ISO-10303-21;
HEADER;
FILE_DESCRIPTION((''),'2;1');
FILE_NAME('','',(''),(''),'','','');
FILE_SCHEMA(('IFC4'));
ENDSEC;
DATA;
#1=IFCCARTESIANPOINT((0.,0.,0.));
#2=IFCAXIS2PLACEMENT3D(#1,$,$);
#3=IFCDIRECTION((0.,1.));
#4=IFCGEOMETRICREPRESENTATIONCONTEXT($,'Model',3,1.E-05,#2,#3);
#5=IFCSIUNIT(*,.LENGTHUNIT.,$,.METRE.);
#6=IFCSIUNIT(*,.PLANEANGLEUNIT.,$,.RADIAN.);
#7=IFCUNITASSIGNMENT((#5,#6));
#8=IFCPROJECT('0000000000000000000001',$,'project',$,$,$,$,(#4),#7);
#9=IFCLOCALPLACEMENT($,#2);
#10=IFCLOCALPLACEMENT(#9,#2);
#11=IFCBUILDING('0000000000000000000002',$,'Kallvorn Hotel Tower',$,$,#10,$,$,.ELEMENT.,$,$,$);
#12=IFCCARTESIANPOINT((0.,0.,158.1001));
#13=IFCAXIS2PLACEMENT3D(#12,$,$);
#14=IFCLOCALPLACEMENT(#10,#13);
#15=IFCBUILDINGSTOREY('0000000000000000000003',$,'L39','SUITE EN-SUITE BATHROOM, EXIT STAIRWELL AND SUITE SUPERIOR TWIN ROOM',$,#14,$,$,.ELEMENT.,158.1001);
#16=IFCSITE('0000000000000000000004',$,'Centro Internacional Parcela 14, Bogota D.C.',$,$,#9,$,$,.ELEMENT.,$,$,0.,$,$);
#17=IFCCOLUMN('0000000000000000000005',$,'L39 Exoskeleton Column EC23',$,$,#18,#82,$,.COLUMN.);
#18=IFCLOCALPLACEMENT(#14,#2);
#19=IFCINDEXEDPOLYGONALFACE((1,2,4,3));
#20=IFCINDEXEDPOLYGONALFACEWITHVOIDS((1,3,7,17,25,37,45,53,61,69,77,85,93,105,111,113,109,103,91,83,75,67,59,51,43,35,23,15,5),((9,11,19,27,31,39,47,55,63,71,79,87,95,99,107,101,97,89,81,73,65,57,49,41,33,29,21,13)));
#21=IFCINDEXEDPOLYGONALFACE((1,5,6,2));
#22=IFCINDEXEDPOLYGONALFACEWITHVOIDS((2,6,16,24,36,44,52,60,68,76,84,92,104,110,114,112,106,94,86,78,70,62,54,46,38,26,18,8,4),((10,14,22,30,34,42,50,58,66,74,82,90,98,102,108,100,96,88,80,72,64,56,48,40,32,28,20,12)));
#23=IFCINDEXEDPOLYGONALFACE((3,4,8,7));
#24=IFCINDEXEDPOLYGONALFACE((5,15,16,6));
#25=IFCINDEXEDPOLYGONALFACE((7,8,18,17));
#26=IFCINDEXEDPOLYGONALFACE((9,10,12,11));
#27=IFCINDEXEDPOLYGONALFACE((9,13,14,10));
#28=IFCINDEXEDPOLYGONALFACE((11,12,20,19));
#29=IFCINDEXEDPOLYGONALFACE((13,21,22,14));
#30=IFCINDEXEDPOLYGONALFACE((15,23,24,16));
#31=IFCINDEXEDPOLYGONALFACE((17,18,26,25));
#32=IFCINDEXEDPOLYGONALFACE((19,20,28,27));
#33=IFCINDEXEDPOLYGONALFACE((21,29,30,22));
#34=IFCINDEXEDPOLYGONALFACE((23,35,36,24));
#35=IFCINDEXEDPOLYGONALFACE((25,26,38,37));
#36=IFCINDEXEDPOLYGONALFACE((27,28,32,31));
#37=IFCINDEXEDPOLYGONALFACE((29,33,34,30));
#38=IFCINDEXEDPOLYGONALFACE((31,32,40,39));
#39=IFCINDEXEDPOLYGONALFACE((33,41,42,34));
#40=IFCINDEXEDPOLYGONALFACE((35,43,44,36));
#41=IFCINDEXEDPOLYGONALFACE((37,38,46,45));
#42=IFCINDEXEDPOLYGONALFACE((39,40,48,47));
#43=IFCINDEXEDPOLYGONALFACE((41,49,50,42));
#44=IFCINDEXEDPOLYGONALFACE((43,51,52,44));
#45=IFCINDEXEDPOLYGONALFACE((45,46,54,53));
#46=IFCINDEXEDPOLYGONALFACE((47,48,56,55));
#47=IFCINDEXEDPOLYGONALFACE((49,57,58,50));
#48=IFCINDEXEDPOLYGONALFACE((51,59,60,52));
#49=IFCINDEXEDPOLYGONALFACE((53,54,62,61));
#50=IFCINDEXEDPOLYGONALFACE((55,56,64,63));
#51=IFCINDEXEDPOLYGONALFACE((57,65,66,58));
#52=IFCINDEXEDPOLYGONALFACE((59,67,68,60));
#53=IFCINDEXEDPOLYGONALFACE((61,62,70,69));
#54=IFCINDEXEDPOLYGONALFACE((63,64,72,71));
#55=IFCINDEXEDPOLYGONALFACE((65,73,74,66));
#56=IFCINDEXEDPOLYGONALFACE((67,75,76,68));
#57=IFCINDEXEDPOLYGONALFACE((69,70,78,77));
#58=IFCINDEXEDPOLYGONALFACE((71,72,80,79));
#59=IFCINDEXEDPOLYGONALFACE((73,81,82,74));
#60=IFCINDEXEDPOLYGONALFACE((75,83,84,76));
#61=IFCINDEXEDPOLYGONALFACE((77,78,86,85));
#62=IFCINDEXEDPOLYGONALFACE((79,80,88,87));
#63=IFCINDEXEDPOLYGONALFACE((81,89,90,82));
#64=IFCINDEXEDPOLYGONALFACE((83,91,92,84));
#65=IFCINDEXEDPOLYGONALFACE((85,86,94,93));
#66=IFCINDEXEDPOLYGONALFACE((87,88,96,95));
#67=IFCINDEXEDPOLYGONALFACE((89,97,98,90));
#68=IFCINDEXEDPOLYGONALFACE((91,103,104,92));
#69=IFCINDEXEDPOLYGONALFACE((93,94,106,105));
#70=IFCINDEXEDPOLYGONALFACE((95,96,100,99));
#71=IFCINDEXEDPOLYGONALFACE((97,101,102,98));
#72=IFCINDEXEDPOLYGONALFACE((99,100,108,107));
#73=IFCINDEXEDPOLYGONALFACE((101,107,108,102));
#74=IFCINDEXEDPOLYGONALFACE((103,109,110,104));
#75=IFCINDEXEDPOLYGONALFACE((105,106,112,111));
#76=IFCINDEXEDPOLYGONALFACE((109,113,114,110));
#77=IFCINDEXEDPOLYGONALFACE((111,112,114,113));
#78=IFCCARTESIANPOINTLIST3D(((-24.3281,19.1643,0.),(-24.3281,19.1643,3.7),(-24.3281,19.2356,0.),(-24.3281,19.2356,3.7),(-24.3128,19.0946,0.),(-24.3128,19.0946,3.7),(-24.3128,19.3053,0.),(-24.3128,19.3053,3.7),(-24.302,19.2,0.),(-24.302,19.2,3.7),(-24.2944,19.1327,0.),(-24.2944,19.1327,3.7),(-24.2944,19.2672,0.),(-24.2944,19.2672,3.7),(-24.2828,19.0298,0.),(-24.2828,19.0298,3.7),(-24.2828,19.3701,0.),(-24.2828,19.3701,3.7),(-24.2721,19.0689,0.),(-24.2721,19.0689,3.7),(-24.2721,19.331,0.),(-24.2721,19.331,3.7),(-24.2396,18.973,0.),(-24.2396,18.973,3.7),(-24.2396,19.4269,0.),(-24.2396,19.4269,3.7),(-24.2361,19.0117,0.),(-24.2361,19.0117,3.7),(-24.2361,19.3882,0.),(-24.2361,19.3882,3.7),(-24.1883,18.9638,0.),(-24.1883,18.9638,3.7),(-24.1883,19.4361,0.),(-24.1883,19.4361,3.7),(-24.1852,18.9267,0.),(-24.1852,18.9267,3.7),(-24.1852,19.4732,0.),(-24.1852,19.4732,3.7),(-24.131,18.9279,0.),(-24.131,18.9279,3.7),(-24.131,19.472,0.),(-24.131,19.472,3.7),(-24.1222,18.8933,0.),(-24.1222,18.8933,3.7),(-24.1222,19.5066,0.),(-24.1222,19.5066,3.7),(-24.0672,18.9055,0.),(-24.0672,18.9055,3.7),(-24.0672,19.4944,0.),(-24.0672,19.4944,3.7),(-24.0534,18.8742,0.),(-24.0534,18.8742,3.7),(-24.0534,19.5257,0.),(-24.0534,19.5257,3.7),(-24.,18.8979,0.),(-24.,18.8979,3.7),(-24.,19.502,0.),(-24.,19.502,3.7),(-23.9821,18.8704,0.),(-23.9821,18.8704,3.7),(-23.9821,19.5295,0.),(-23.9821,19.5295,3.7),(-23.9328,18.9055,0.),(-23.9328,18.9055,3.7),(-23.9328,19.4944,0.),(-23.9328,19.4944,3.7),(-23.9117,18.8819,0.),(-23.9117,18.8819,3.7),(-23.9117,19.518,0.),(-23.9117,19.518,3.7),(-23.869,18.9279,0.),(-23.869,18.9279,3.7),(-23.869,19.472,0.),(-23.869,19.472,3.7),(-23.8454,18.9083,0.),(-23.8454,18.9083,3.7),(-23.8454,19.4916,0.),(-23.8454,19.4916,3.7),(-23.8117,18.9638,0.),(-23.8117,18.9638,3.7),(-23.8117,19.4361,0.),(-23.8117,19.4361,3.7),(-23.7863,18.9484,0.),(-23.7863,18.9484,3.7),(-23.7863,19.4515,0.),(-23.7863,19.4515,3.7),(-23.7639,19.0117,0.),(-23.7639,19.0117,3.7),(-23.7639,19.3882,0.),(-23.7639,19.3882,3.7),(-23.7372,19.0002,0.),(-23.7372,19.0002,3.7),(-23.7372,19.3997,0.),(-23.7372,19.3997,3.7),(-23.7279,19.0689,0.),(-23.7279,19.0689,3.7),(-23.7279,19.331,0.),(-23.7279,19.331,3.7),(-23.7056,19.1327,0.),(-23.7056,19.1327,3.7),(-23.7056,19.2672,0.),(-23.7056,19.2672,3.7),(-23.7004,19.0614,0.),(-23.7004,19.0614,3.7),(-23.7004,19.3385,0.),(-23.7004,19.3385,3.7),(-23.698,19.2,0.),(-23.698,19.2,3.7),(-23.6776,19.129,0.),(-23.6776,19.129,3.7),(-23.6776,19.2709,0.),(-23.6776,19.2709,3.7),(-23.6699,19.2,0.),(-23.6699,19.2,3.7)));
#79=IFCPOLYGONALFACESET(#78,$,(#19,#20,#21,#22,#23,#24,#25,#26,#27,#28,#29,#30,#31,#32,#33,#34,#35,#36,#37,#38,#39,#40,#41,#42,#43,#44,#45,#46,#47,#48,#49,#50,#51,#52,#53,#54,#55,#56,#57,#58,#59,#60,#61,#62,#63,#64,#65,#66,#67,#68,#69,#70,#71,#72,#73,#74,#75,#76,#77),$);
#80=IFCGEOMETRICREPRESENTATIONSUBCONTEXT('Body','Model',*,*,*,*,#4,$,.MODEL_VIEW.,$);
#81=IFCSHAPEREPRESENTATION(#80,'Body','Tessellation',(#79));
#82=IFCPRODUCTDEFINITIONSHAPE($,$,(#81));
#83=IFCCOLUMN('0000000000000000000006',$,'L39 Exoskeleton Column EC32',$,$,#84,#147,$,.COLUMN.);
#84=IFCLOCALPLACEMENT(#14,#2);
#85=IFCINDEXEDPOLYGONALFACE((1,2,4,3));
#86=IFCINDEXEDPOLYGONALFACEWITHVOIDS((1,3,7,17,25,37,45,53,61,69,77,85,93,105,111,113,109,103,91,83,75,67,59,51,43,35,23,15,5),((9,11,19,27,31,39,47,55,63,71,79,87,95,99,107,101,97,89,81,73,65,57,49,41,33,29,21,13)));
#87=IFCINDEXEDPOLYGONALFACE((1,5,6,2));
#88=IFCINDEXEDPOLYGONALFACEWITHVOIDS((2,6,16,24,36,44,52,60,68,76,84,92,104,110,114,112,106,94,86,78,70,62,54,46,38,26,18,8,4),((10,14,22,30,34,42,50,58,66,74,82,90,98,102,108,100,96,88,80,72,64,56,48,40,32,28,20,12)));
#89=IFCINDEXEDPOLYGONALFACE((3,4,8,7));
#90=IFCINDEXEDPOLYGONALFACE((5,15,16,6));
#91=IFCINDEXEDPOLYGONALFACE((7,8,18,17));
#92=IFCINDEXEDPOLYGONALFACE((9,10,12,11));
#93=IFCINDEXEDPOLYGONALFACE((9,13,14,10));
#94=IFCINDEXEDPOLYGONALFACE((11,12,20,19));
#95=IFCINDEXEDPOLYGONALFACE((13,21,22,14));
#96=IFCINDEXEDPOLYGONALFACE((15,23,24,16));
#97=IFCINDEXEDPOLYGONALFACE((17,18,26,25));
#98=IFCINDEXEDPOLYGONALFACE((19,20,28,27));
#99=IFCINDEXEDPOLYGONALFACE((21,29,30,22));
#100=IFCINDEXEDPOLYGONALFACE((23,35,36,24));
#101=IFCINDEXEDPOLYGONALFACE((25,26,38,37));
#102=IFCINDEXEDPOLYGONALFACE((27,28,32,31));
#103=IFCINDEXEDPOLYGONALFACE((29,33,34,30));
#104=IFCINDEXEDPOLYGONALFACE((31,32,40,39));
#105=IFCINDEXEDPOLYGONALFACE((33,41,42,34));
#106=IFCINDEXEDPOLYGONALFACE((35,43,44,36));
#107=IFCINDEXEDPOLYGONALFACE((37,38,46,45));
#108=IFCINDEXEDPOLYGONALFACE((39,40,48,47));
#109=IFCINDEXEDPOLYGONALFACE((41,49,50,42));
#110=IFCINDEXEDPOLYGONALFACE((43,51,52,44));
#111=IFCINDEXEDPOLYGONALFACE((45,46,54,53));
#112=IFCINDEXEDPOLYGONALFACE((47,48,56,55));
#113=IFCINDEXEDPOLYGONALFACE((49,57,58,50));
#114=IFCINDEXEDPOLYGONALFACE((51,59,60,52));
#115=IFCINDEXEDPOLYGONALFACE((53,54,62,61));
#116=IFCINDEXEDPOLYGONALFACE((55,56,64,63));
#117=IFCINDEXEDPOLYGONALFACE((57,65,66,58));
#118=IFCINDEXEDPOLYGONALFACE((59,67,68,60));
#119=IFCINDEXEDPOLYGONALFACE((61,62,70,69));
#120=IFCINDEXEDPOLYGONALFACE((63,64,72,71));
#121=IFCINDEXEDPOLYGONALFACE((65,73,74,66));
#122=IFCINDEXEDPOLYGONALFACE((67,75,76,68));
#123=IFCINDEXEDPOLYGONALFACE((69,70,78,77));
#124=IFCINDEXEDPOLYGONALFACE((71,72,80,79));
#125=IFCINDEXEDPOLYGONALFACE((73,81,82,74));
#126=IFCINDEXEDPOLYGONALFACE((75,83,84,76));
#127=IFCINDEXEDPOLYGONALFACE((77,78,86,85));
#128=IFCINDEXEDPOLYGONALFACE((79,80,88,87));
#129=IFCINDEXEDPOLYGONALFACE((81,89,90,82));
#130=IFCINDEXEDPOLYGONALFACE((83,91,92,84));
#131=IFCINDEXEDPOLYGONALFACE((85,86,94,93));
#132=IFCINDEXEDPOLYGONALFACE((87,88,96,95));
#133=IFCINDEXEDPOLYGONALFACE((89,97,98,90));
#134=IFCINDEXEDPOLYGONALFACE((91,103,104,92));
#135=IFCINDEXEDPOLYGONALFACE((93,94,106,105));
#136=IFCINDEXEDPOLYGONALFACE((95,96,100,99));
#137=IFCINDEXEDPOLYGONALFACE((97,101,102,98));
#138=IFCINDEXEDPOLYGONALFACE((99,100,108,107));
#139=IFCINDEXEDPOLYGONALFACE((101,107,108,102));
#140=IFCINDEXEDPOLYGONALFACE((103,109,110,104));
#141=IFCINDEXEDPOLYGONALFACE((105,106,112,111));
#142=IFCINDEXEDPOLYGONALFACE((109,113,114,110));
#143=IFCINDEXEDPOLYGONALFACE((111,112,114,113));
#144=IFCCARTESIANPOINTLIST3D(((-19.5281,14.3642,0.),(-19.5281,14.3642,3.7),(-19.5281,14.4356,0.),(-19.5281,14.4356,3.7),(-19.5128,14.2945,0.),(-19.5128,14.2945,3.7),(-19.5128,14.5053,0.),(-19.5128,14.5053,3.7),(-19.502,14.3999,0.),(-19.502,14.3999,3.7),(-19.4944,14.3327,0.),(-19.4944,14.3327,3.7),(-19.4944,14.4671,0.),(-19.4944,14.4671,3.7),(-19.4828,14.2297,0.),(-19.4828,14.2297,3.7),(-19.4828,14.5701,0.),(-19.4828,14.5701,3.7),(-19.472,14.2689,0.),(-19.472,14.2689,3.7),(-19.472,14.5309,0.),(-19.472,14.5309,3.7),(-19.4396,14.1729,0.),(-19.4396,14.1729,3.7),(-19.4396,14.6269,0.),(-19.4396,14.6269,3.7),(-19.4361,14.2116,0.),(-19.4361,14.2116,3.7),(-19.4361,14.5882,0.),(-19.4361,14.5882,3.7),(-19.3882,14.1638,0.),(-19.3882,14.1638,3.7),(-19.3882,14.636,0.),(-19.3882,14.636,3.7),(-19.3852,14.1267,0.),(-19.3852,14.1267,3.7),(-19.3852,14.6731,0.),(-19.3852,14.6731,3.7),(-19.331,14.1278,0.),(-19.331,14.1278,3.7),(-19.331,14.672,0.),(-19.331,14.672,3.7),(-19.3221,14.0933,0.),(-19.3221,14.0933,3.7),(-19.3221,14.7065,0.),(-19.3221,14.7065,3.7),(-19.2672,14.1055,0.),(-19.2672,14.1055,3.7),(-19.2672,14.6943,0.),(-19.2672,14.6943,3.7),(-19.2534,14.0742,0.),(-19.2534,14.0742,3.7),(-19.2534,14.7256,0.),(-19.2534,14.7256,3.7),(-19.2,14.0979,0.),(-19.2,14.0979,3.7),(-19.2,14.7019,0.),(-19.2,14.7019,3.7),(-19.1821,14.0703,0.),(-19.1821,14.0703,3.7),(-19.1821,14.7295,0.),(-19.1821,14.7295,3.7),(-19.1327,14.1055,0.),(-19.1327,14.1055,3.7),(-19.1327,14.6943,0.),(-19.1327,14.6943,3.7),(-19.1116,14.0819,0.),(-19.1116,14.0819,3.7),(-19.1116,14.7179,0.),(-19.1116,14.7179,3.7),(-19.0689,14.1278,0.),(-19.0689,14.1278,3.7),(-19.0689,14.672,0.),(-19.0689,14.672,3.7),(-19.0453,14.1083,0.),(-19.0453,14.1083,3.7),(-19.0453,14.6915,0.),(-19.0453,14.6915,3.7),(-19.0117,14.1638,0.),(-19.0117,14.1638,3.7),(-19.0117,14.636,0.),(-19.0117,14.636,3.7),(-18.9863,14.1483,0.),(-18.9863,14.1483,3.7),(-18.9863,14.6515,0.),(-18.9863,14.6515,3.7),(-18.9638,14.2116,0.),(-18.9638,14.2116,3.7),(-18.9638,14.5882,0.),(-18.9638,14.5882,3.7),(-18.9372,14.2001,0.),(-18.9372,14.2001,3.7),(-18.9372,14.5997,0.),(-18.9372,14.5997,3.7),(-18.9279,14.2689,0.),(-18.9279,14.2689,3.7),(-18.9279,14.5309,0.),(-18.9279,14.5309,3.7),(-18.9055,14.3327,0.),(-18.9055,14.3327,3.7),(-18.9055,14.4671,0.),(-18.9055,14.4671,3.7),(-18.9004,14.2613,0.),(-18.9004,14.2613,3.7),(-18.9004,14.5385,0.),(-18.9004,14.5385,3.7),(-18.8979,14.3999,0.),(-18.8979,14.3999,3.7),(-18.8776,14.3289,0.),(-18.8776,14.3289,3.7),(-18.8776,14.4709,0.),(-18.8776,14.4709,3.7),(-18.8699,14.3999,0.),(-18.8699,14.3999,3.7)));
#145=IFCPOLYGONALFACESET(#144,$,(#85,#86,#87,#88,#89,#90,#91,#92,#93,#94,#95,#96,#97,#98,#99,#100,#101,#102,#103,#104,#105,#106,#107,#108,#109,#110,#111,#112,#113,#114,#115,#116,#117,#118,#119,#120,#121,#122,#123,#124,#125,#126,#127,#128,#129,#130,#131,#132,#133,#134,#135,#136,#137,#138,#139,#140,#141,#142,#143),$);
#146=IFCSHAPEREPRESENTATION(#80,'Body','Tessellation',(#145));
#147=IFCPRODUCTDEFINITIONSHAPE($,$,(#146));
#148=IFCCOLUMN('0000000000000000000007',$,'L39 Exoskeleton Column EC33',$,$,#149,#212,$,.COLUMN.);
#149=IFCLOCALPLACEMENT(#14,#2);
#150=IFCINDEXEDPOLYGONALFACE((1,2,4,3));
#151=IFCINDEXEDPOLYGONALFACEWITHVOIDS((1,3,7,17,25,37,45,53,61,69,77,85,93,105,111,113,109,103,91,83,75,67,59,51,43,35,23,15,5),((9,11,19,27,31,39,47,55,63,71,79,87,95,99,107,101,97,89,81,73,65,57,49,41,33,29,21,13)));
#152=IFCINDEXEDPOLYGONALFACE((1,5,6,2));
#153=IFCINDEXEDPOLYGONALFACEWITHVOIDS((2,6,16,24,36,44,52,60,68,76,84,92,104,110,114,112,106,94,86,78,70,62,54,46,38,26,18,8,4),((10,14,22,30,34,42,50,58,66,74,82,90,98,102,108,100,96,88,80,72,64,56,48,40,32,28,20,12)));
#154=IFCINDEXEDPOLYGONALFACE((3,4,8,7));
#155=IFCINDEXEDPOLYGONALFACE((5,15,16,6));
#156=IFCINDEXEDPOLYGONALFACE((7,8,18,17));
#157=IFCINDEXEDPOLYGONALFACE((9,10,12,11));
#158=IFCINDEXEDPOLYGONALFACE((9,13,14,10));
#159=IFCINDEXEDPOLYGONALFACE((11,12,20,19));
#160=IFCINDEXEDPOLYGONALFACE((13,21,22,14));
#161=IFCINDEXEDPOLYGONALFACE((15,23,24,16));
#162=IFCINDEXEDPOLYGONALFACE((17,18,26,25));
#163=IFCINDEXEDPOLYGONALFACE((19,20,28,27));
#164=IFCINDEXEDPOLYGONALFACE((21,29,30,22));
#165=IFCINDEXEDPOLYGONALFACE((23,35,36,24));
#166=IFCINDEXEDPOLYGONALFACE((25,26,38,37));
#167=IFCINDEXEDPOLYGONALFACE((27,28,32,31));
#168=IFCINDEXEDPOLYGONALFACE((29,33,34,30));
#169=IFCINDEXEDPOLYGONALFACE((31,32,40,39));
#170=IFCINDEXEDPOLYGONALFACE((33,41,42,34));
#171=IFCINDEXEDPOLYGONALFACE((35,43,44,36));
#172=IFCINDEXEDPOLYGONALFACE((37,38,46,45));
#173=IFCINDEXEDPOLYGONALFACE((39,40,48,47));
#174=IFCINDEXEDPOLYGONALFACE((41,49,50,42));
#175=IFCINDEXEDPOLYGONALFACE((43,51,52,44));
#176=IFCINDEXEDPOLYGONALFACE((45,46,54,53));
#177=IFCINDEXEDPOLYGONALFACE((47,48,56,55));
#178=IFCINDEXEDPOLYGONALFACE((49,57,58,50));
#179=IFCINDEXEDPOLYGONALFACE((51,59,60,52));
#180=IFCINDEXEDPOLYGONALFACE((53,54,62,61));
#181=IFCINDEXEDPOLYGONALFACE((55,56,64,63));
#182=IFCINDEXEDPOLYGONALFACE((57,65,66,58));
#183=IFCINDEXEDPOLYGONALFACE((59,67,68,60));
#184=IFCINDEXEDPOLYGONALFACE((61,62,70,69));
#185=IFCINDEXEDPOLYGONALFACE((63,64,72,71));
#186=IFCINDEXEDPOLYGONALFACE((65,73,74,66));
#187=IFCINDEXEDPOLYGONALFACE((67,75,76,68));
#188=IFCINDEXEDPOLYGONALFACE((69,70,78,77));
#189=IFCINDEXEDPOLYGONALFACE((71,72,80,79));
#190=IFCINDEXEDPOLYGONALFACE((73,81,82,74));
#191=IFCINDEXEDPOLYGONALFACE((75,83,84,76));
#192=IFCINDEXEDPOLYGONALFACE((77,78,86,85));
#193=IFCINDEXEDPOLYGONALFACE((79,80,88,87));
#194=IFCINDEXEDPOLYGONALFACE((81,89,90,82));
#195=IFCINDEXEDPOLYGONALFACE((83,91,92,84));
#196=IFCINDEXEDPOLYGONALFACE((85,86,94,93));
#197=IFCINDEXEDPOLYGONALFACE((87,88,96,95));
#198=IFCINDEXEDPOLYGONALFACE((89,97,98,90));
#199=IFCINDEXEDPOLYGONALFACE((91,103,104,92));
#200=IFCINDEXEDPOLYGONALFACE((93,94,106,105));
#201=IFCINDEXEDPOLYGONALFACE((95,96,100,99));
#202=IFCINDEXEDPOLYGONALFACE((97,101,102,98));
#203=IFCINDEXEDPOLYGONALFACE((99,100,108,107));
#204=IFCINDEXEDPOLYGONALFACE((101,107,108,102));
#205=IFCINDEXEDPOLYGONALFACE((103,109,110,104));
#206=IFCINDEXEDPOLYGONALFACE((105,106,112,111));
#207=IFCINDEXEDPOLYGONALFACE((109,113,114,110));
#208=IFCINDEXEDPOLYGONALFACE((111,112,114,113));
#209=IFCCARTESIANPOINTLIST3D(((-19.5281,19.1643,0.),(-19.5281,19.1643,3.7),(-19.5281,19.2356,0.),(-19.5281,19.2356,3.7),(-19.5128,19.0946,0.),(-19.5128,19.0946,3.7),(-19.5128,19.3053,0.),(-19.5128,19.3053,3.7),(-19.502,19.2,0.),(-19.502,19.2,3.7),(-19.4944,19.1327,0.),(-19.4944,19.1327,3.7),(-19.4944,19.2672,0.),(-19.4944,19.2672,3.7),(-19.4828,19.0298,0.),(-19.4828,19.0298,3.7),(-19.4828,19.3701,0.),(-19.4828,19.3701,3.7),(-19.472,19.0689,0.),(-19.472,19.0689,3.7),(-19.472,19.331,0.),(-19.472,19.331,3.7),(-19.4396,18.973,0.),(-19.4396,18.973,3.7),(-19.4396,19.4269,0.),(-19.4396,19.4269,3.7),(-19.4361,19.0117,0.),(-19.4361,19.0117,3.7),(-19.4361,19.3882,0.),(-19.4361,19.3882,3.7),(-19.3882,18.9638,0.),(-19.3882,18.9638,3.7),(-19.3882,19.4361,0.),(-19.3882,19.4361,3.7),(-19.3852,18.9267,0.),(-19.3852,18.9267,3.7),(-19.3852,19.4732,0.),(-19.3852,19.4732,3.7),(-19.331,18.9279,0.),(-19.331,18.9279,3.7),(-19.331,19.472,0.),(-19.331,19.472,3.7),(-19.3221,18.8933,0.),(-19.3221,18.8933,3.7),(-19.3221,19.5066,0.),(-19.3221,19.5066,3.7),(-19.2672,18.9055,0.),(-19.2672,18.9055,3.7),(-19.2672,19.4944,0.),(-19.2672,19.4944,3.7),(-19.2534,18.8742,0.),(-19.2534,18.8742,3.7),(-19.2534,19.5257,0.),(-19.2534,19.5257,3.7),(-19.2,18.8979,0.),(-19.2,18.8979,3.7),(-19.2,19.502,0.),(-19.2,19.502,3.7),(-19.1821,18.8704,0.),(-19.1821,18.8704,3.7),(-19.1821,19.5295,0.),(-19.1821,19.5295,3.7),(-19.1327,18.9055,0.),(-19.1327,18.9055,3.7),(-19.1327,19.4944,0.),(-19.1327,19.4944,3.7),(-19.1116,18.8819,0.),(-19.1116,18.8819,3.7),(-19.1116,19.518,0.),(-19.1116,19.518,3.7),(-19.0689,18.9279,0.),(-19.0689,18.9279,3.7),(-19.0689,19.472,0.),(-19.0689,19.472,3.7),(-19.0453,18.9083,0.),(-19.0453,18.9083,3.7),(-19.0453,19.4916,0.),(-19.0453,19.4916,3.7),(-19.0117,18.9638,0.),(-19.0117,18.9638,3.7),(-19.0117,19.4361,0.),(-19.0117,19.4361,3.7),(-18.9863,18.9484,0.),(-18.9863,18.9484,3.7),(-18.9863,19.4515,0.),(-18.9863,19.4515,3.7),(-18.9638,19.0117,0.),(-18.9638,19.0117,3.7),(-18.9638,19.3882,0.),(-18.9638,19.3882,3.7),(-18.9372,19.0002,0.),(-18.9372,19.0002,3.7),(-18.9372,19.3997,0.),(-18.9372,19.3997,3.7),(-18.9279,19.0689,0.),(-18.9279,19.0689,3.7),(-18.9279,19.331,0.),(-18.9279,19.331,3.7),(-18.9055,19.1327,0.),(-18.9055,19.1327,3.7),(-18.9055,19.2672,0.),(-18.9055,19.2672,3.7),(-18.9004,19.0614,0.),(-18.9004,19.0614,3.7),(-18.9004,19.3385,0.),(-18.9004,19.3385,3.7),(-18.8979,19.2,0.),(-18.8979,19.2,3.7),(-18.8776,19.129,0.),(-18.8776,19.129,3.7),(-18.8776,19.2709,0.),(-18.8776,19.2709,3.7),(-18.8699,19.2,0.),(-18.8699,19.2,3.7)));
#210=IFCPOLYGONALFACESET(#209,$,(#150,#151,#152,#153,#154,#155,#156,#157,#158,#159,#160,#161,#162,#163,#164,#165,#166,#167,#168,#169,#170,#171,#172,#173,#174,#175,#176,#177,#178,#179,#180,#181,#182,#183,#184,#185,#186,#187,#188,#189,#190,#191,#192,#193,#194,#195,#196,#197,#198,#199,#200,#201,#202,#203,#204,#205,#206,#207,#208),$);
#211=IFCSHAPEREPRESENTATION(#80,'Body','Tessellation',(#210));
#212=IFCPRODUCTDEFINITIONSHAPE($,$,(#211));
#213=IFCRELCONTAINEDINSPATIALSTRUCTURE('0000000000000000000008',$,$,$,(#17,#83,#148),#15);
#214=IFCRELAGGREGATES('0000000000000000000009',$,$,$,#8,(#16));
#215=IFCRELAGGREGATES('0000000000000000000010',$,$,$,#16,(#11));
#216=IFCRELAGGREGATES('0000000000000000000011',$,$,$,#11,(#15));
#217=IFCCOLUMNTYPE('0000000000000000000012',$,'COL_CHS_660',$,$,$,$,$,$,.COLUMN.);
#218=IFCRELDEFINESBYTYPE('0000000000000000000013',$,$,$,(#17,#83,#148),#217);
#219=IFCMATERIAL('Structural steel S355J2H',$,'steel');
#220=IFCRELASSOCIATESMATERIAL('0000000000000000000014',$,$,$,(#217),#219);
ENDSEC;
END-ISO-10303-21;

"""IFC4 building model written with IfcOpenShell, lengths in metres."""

from ifc_helpers import new_model, si_unit, direction, frame, origin, origin_2d, place, context, subcontext, project, spatial, hollow_circle, extrude, material, material_profile, profile_set, type_object, element, save


model = new_model("IFC4")

# Units and contexts
model_context = context("Model", 3, precision=1e-05, world=origin(), true_north=direction((0.0, 1.0)))
body_context = subcontext(model_context, "Body", "Model", "MODEL_VIEW")
ifc_project = project(units=[si_unit("LENGTHUNIT", "METRE"), si_unit("PLANEANGLEUNIT", "RADIAN")], contexts=[model_context])

# Site, building, storey
site_placement = place(None, origin())
site = spatial("IfcSite", under=ifc_project, at=site_placement, Name="Centro Internacional Parcela 14, Bogota D.C.", CompositionType="ELEMENT", RefElevation=0.0)
building_placement = place(site_placement, origin())
building = spatial("IfcBuilding", under=site, at=building_placement, Name="Kallvorn Hotel Tower", CompositionType="ELEMENT")
storey_placement = place(building_placement, frame((0.0, 0.0, 158.1001)))
storey = spatial("IfcBuildingStorey", under=building, at=storey_placement, Name="L39", Description="SUITE EN-SUITE BATHROOM, EXIT STAIRWELL AND SUITE SUPERIOR TWIN ROOM", CompositionType="ELEMENT", Elevation=158.1001)

# Columns
ifc_material_1 = material(Name="Structural steel S355J2H", Category="steel")
ifc_material_profile_1 = material_profile(ifc_material_1, hollow_circle(Radius=0.3301, WallThickness=0.0281, at=origin_2d()), Name="CHS 660x28")
ifc_profile_set_1 = profile_set([ifc_material_profile_1], Name="Structural steel S355J2H")
column_type_1 = type_object("IfcColumnType", Name="COL_CHS_660", PredefinedType="COLUMN", material=ifc_profile_set_1)
for number, where, z_axis, x_axis, name in (
    (1, (-24.0, 19.2, 0.0), (0.0, 0.0, 1.0), (1.0, 0.0, 0.0), "L39 Exoskeleton Column EC23"),
    (2, (-19.2, 14.3999, 0.0), (0.0, 0.0, 1.0), (1.0, 0.0, 0.0), "L39 Exoskeleton Column EC32"),
    (3, (-19.2, 19.2, 0.0), (0.0, 0.0, 1.0), (1.0, 0.0, 0.0), "L39 Exoskeleton Column EC33"),
):
    element("IfcColumn", number, at=place(storey_placement, frame(where, z_axis=z_axis, x_axis=x_axis)), inside=storey, type_object=column_type_1, Name=name, PredefinedType="COLUMN", context=body_context, shape_type="SweptSolid", body=[
        extrude(hollow_circle(Radius=0.3301, WallThickness=0.0281, at=origin_2d()), origin(), (0.0, 0.0, 1.0), 3.7),
    ])

save(model, "model.ifc")
